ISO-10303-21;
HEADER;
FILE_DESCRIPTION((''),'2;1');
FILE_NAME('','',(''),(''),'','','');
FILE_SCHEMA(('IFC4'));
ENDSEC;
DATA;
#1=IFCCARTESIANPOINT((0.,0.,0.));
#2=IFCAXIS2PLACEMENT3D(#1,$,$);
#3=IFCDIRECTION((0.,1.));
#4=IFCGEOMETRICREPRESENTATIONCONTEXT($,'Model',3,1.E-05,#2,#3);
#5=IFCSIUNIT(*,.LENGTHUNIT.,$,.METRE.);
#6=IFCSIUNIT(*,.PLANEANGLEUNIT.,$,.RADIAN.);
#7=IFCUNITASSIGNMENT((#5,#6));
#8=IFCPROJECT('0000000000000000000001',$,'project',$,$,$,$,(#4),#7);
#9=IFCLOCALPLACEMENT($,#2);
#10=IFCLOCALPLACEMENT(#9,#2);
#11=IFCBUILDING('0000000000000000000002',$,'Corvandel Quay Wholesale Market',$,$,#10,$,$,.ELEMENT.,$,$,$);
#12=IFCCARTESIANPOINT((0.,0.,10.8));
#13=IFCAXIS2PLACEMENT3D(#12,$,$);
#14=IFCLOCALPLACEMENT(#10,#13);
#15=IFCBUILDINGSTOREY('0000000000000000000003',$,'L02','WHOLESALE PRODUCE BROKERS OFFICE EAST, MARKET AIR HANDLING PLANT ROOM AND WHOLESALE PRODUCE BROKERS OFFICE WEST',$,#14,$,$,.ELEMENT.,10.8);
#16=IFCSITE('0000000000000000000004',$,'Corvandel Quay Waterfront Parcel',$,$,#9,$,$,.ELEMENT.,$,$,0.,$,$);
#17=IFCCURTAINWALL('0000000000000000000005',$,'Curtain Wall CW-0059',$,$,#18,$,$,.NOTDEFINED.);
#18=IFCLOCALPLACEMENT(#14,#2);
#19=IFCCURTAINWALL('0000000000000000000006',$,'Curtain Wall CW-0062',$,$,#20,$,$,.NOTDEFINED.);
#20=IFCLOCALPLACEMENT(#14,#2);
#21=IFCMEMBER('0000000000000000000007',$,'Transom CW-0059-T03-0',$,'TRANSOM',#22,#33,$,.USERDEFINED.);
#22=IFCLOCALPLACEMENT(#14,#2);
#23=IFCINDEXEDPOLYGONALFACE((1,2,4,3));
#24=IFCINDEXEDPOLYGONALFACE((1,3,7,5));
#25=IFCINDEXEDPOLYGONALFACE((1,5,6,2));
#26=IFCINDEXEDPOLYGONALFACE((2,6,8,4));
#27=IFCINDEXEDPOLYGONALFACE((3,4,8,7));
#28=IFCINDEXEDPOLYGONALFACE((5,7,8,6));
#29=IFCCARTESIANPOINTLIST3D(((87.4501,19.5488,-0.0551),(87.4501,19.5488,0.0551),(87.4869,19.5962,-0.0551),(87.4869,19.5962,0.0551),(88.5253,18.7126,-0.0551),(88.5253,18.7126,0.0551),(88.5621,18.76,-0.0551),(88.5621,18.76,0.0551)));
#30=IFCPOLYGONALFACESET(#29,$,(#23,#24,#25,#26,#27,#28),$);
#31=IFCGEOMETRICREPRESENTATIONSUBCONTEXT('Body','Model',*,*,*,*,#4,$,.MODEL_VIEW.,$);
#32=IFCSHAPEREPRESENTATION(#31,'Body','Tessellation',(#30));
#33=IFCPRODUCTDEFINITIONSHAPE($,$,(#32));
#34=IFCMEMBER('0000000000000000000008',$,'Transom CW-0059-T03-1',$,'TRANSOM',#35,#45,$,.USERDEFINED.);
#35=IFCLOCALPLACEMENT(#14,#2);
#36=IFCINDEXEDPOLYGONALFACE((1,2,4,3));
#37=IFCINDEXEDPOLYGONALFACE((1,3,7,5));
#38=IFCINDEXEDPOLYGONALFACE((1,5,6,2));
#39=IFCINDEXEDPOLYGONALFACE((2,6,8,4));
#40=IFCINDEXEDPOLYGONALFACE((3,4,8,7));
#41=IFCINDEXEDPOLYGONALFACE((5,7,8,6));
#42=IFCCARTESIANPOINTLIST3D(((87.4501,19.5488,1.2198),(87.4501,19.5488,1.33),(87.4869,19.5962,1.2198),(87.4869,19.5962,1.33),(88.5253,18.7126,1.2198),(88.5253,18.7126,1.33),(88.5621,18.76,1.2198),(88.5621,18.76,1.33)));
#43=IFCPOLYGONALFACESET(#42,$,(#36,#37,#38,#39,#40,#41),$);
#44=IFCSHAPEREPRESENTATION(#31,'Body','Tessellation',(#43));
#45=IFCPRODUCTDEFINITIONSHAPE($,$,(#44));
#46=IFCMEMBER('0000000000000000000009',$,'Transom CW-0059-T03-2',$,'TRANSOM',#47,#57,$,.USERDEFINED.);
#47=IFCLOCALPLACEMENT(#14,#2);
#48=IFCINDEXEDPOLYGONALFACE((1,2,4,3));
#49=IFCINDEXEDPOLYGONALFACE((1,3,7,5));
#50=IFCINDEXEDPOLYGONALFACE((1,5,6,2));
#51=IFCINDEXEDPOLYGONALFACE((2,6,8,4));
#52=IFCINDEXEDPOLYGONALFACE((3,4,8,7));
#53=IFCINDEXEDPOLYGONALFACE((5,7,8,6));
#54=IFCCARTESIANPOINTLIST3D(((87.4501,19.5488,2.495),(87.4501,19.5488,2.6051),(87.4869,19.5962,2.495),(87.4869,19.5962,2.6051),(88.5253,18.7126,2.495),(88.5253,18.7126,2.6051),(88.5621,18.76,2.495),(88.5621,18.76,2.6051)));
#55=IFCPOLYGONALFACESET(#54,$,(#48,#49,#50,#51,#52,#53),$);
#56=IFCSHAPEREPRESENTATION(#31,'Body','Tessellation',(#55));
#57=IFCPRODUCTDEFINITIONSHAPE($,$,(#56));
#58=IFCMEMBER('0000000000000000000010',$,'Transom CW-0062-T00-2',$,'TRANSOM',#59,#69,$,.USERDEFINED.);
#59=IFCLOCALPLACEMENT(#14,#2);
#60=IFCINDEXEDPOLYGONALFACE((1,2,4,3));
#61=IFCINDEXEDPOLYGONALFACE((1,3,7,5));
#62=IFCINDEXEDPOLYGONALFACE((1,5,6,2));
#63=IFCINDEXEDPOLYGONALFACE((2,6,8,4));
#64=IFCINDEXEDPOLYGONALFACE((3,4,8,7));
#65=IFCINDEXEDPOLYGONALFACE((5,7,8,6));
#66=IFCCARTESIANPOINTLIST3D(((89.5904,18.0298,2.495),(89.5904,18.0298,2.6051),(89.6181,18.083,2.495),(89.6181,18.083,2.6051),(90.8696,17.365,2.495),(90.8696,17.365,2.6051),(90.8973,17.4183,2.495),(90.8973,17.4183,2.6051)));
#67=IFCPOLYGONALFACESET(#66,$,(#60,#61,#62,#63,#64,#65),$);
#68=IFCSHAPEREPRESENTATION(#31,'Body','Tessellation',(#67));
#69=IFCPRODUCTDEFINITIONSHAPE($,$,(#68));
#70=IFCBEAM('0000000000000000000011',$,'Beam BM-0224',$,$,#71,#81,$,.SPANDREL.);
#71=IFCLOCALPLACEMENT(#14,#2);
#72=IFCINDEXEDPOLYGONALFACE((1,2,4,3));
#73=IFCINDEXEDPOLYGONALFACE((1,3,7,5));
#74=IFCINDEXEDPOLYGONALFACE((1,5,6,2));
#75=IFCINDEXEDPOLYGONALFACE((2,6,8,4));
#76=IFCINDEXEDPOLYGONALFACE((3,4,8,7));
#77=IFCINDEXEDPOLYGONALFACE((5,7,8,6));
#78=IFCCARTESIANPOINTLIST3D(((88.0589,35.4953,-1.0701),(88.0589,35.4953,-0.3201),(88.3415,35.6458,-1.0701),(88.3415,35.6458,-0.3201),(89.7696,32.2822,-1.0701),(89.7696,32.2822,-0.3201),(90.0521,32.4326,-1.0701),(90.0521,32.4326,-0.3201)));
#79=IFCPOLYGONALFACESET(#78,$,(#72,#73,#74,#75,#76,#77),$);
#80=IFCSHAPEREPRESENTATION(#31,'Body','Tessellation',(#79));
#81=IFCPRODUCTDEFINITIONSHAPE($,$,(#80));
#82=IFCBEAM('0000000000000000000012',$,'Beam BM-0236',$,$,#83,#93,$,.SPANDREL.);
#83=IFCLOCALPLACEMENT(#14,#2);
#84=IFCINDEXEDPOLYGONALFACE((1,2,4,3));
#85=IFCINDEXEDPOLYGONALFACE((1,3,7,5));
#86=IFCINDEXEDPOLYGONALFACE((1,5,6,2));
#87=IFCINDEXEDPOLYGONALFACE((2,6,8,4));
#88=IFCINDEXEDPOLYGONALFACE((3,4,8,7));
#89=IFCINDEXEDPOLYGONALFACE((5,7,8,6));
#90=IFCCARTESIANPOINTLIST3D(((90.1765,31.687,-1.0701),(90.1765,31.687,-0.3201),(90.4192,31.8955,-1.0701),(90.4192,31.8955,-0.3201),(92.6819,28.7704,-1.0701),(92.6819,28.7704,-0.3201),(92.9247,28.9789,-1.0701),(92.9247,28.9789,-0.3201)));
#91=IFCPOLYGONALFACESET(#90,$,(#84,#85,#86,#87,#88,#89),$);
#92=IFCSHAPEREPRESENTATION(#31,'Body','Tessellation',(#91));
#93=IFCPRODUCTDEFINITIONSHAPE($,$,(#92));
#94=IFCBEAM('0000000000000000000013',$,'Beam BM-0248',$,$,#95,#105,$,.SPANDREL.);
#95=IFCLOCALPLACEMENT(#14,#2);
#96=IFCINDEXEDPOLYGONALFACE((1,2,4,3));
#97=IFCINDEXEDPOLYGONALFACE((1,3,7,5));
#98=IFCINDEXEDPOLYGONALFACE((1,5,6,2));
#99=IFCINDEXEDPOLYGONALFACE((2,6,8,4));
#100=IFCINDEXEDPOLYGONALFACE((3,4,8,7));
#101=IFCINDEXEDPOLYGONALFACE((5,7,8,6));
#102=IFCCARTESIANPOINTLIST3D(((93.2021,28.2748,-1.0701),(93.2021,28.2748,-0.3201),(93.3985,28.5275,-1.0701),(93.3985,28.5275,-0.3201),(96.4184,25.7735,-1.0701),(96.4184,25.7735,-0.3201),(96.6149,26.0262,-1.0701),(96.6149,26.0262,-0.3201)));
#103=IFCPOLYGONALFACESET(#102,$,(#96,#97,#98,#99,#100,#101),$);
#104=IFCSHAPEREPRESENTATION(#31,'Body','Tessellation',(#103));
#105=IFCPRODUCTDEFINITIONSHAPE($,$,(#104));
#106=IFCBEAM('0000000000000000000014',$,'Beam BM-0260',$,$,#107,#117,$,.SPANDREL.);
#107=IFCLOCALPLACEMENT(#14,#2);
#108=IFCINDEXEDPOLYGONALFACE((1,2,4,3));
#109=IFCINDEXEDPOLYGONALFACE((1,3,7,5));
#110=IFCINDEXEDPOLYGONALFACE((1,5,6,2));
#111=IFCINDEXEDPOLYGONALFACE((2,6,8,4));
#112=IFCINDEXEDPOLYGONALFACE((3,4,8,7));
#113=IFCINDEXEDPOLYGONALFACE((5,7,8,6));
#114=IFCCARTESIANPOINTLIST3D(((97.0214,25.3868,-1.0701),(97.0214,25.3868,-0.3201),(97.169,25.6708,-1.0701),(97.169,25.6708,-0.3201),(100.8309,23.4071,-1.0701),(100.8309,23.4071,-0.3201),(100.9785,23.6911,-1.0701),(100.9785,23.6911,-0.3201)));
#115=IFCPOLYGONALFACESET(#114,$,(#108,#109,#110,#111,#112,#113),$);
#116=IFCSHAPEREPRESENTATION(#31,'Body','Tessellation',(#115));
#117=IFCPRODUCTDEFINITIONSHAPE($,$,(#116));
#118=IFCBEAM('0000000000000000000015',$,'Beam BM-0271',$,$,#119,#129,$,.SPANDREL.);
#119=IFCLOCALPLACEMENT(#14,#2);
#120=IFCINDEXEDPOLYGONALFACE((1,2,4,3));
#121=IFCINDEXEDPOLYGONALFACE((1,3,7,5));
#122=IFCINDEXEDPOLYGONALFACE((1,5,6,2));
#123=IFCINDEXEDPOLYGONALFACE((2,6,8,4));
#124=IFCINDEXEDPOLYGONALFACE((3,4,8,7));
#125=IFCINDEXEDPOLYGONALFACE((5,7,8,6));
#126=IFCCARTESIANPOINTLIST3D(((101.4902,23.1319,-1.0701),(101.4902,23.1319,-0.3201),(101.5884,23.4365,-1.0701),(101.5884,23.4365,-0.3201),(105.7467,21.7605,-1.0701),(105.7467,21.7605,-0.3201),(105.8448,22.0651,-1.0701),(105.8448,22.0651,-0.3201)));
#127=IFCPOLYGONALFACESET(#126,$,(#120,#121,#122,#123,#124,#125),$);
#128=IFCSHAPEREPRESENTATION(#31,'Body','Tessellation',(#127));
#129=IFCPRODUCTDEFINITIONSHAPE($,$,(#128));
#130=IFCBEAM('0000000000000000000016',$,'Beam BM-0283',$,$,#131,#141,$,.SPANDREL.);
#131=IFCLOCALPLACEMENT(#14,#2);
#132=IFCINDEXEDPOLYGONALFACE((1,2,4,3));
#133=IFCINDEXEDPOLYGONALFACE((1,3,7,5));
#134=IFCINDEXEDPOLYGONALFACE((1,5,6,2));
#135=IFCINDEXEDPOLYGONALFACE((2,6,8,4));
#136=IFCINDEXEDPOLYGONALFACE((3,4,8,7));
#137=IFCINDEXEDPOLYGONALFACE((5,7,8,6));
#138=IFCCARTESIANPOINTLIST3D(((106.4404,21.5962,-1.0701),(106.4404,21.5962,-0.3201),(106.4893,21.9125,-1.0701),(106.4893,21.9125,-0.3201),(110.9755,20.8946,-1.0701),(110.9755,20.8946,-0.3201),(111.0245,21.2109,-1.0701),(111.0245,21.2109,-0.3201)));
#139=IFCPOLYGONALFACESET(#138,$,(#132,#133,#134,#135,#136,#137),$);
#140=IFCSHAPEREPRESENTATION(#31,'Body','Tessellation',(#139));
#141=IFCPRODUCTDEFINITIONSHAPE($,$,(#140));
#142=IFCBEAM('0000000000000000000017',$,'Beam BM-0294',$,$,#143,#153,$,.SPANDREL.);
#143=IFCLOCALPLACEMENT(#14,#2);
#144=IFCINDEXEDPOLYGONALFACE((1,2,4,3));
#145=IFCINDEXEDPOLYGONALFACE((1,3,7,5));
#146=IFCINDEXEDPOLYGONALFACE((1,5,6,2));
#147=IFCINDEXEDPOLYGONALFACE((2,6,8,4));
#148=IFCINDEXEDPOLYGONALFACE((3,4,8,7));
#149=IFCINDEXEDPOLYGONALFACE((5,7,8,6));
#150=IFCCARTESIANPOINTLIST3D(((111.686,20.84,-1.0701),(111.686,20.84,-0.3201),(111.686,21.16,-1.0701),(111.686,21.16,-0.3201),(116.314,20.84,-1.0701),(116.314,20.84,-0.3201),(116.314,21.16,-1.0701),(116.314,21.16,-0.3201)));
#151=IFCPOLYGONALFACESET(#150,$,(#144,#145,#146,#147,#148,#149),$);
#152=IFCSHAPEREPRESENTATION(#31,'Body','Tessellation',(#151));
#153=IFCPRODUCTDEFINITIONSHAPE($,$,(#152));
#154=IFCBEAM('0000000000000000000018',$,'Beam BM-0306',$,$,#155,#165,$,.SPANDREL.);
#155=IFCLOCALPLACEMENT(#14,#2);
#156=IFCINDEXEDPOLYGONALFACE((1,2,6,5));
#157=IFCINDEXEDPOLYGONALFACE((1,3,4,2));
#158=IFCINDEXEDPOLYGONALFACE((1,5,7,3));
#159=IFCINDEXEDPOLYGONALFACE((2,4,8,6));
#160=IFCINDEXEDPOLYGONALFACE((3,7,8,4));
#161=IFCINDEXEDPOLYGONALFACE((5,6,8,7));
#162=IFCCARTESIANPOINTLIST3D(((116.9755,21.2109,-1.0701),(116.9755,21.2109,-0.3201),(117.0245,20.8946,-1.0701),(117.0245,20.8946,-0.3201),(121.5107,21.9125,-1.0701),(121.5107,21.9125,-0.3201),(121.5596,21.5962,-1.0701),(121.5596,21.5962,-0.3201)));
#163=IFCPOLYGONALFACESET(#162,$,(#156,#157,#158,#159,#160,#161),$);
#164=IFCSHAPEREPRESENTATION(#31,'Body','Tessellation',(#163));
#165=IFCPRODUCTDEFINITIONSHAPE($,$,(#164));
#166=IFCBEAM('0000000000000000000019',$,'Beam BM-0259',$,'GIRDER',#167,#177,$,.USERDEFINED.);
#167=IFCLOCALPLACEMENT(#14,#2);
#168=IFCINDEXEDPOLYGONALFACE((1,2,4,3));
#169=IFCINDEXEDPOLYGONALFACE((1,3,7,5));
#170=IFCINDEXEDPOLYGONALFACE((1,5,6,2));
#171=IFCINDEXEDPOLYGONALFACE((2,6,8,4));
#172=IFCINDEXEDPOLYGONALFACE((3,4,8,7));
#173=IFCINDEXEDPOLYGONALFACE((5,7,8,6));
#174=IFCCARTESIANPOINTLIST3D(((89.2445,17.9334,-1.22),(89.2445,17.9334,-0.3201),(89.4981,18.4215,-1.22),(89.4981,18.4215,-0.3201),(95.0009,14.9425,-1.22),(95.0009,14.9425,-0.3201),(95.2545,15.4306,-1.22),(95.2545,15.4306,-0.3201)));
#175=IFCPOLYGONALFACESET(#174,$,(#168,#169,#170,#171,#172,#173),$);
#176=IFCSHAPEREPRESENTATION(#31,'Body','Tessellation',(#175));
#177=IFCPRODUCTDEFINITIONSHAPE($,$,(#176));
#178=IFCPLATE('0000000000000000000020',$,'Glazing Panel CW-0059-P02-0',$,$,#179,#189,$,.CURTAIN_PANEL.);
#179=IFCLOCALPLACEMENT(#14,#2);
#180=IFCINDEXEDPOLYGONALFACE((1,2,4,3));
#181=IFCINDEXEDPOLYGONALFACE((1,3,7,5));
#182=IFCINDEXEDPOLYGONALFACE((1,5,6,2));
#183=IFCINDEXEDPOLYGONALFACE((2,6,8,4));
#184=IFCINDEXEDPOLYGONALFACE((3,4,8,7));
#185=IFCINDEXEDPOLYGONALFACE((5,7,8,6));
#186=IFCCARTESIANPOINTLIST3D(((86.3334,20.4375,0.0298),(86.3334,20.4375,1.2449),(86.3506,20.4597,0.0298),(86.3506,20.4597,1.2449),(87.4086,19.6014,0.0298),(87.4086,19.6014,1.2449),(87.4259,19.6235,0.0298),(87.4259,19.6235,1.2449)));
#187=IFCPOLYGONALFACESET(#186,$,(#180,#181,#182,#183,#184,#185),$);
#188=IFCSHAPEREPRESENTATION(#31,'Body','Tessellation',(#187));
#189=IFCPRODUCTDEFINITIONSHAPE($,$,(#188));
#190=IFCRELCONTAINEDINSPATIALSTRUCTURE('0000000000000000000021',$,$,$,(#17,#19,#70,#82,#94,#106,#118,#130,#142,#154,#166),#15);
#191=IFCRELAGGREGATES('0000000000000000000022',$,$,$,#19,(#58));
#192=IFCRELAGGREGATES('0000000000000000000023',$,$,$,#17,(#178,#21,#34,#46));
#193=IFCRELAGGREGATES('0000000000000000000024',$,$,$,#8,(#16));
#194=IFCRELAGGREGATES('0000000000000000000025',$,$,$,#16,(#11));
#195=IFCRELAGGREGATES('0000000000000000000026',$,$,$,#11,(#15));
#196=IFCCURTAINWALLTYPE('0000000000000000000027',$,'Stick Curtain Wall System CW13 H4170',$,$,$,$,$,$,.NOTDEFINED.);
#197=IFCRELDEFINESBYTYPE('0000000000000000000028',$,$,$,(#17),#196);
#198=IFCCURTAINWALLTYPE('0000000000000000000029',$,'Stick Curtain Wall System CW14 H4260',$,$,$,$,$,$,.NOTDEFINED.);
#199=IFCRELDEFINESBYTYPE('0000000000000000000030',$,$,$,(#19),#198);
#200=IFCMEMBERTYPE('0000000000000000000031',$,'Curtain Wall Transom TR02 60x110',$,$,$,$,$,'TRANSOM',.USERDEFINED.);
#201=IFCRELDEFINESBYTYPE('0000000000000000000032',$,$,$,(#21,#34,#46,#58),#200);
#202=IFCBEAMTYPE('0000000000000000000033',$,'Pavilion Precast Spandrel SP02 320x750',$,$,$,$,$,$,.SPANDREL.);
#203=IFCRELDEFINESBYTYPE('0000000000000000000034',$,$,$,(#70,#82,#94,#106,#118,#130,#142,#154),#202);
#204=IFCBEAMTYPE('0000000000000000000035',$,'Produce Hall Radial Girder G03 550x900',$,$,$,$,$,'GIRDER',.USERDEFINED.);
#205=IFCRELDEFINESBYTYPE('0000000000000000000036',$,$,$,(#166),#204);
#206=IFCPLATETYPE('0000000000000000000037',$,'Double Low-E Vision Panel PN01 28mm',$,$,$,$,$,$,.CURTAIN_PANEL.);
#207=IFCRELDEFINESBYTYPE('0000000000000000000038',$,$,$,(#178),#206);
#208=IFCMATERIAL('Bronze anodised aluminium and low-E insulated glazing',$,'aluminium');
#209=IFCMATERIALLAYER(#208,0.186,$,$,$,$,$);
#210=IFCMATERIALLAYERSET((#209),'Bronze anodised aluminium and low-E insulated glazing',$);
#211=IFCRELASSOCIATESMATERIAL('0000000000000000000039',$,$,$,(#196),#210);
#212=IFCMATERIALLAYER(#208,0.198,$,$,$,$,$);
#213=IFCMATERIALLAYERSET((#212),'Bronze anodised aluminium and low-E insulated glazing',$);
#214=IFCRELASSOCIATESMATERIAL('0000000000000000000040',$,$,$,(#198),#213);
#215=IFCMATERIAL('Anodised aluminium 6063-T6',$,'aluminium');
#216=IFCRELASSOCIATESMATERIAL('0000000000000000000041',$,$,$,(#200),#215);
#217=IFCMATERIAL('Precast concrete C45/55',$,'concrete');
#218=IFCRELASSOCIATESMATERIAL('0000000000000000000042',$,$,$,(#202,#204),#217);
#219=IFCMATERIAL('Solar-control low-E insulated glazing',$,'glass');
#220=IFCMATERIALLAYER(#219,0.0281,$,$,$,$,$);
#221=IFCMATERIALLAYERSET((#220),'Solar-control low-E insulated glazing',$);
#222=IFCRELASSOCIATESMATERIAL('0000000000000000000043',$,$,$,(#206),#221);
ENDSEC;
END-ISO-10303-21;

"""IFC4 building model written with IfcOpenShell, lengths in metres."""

from ifc_helpers import new_model, si_unit, direction, frame, origin, origin_2d, place, context, subcontext, project, spatial, rectangle, extrude, material, layer, layer_set, material_profile, profile_set, type_object, element, aggregate, save


model = new_model("IFC4")

# Units and contexts
model_context = context("Model", 3, precision=1e-05, world=origin(), true_north=direction((0.0, 1.0)))
body_context = subcontext(model_context, "Body", "Model", "MODEL_VIEW")
ifc_project = project(units=[si_unit("LENGTHUNIT", "METRE"), si_unit("PLANEANGLEUNIT", "RADIAN")], contexts=[model_context])

# Site, building, storey
site_placement = place(None, origin())
site = spatial("IfcSite", under=ifc_project, at=site_placement, Name="Corvandel Quay Waterfront Parcel", CompositionType="ELEMENT", RefElevation=0.0)
building_placement = place(site_placement, origin())
building = spatial("IfcBuilding", under=site, at=building_placement, Name="Corvandel Quay Wholesale Market", CompositionType="ELEMENT")
storey_placement = place(building_placement, frame((0.0, 0.0, 10.8)))
storey = spatial("IfcBuildingStorey", under=building, at=storey_placement, Name="L02", Description="WHOLESALE PRODUCE BROKERS OFFICE EAST, MARKET AIR HANDLING PLANT ROOM AND WHOLESALE PRODUCE BROKERS OFFICE WEST", CompositionType="ELEMENT", Elevation=10.8)

# Shared definitions
ifc_material_1 = material(Name="Precast concrete C45/55", Category="concrete")

# Curtain wall
ifc_material_2 = material(Name="Bronze anodised aluminium and low-E insulated glazing", Category="aluminium")
ifc_layer_1 = layer(ifc_material_2, 0.186)
ifc_layer_set_1 = layer_set([ifc_layer_1], Name="Bronze anodised aluminium and low-E insulated glazing")
curtain_wall_type_1 = type_object("IfcCurtainWallType", Name="Stick Curtain Wall System CW13 H4170", PredefinedType="NOTDEFINED", material=ifc_layer_set_1)
curtain_wall_1_placement = place(storey_placement, origin())
curtain_wall_1 = element("IfcCurtainWall", 1, at=curtain_wall_1_placement, inside=storey, type_object=curtain_wall_type_1, Name="Curtain Wall CW-0059", PredefinedType="NOTDEFINED")
ifc_material_3 = material(Name="Anodised aluminium 6063-T6", Category="aluminium")

# Curtain wall
ifc_layer_2 = layer(ifc_material_2, 0.198)
ifc_layer_set_2 = layer_set([ifc_layer_2], Name="Bronze anodised aluminium and low-E insulated glazing")
curtain_wall_type_2 = type_object("IfcCurtainWallType", Name="Stick Curtain Wall System CW14 H4260", PredefinedType="NOTDEFINED", material=ifc_layer_set_2)
curtain_wall_2_placement = place(storey_placement, origin())
curtain_wall_2 = element("IfcCurtainWall", 2, at=curtain_wall_2_placement, inside=storey, type_object=curtain_wall_type_2, Name="Curtain Wall CW-0062", PredefinedType="NOTDEFINED")

# Members
ifc_material_profile_1 = material_profile(ifc_material_3, rectangle(XDim=0.0601, YDim=0.1101, at=origin_2d()), Name="ALU-TRN-60x110")
ifc_profile_set_1 = profile_set([ifc_material_profile_1], Name="Anodised aluminium 6063-T6")
member_type_1 = type_object("IfcMemberType", Name="Curtain Wall Transom TR02 60x110", ElementType="TRANSOM", PredefinedType="USERDEFINED", material=ifc_profile_set_1)
member_1_placement = place(storey_placement, frame((87.4685, 19.5725, 0.0), z_axis=(0.789381, -0.613903, 0.0), x_axis=(0.613903, 0.789381, 0.0)))
member_1 = element("IfcMember", 3, at=member_1_placement, type_object=member_type_1, Name="Transom CW-0059-T03-0", ObjectType="TRANSOM", PredefinedType="USERDEFINED", context=body_context, shape_type="SweptSolid", body=[
    extrude(rectangle(XDim=0.0601, YDim=0.1101, at=origin_2d()), origin(), (0.0, 0.0, 1.0), 1.3621),
])
member_2_placement = place(storey_placement, frame((87.4685, 19.5725, 1.2749), z_axis=(0.789381, -0.613903, 0.0), x_axis=(0.613903, 0.789381, 0.0)))
member_2 = element("IfcMember", 4, at=member_2_placement, type_object=member_type_1, Name="Transom CW-0059-T03-1", ObjectType="TRANSOM", PredefinedType="USERDEFINED", context=body_context, shape_type="SweptSolid", body=[
    extrude(rectangle(XDim=0.0601, YDim=0.1101, at=origin_2d()), origin(), (0.0, 0.0, 1.0), 1.3621),
])
member_3_placement = place(storey_placement, frame((87.4685, 19.5725, 2.55), z_axis=(0.789381, -0.613903, 0.0), x_axis=(0.613903, 0.789381, 0.0)))
member_3 = element("IfcMember", 5, at=member_3_placement, type_object=member_type_1, Name="Transom CW-0059-T03-2", ObjectType="TRANSOM", PredefinedType="USERDEFINED", context=body_context, shape_type="SweptSolid", body=[
    extrude(rectangle(XDim=0.0601, YDim=0.1101, at=origin_2d()), origin(), (0.0, 0.0, 1.0), 1.3621),
])
member_4_placement = place(storey_placement, frame((89.6042, 18.0564, 2.55), z_axis=(0.887342, -0.461113, 0.0), x_axis=(0.461113, 0.887342, 0.0)))
member_4 = element("IfcMember", 6, at=member_4_placement, type_object=member_type_1, Name="Transom CW-0062-T00-2", ObjectType="TRANSOM", PredefinedType="USERDEFINED", context=body_context, shape_type="SweptSolid", body=[
    extrude(rectangle(XDim=0.0601, YDim=0.1101, at=origin_2d()), origin(), (0.0, 0.0, 1.0), 1.4417),
])
aggregate(curtain_wall_2, [member_4])

# Beams
ifc_material_profile_2 = material_profile(ifc_material_1, rectangle(XDim=0.3201, YDim=0.75, at=origin_2d()), Name="PC-SPN-320x750")
ifc_profile_set_2 = profile_set([ifc_material_profile_2], Name="Precast concrete C45/55")
beam_type_1 = type_object("IfcBeamType", Name="Pavilion Precast Spandrel SP02 320x750", PredefinedType="SPANDREL", material=ifc_profile_set_2)
beam_1_placement = place(storey_placement, frame((88.2002, 35.5706, -0.6951), z_axis=(0.469951, -0.882692, 0.0), x_axis=(0.882692, 0.469951, 0.0)))
element("IfcBeam", 7, at=beam_1_placement, inside=storey, type_object=beam_type_1, Name="Beam BM-0224", PredefinedType="SPANDREL", context=body_context, shape_type="SweptSolid", body=[
    extrude(rectangle(XDim=0.3201, YDim=0.75, at=origin_2d()), origin(), (0.0, 0.0, 1.0), 3.6401),
])
beam_2_placement = place(storey_placement, frame((90.2979, 31.7913, -0.6951), z_axis=(0.651617, -0.758548, 0.0), x_axis=(0.758548, 0.651617, 0.0)))
element("IfcBeam", 8, at=beam_2_placement, inside=storey, type_object=beam_type_1, Name="Beam BM-0236", PredefinedType="SPANDREL", context=body_context, shape_type="SweptSolid", body=[
    extrude(rectangle(XDim=0.3201, YDim=0.75, at=origin_2d()), origin(), (0.0, 0.0, 1.0), 3.845),
])
beam_3_placement = place(storey_placement, frame((93.3003, 28.4011, -0.6951), z_axis=(0.789394, -0.613887, 0.0), x_axis=(0.613887, 0.789394, 0.0)))
element("IfcBeam", 9, at=beam_3_placement, inside=storey, type_object=beam_type_1, Name="Beam BM-0248", PredefinedType="SPANDREL", context=body_context, shape_type="SweptSolid", body=[
    extrude(rectangle(XDim=0.3201, YDim=0.75, at=origin_2d()), origin(), (0.0, 0.0, 1.0), 4.0745),
])
beam_4_placement = place(storey_placement, frame((97.0952, 25.5288, -0.6951), z_axis=(0.887335, -0.461125, 0.0), x_axis=(0.461125, 0.887335, 0.0)))
element("IfcBeam", 10, at=beam_4_placement, inside=storey, type_object=beam_type_1, Name="Beam BM-0260", PredefinedType="SPANDREL", context=body_context, shape_type="SweptSolid", body=[
    extrude(rectangle(XDim=0.3201, YDim=0.75, at=origin_2d()), origin(), (0.0, 0.0, 1.0), 4.2932),
])
beam_5_placement = place(storey_placement, frame((101.5393, 23.2842, -0.6951), z_axis=(0.951818, -0.306663, 0.0), x_axis=(0.306663, 0.951818, 0.0)))
element("IfcBeam", 11, at=beam_5_placement, inside=storey, type_object=beam_type_1, Name="Beam BM-0271", PredefinedType="SPANDREL", context=body_context, shape_type="SweptSolid", body=[
    extrude(rectangle(XDim=0.3201, YDim=0.75, at=origin_2d()), origin(), (0.0, 0.0, 1.0), 4.4719),
])
beam_6_placement = place(storey_placement, frame((106.4648, 21.7544, -0.6951), z_axis=(0.988242, -0.152897, 0.0), x_axis=(0.152897, 0.988242, 0.0)))
element("IfcBeam", 12, at=beam_6_placement, inside=storey, type_object=beam_type_1, Name="Beam BM-0283", PredefinedType="SPANDREL", context=body_context, shape_type="SweptSolid", body=[
    extrude(rectangle(XDim=0.3201, YDim=0.75, at=origin_2d()), origin(), (0.0, 0.0, 1.0), 4.5891),
])
beam_7_placement = place(storey_placement, frame((111.686, 21.0, -0.6951), z_axis=(1.0, 0.0, 0.0), x_axis=(0.0, 1.0, 0.0)))
element("IfcBeam", 13, at=beam_7_placement, inside=storey, type_object=beam_type_1, Name="Beam BM-0294", PredefinedType="SPANDREL", context=body_context, shape_type="SweptSolid", body=[
    extrude(rectangle(XDim=0.3201, YDim=0.75, at=origin_2d()), origin(), (0.0, 0.0, 1.0), 4.6279),
])
beam_8_placement = place(storey_placement, frame((117.0, 21.0527, -0.6951), z_axis=(0.988242, 0.152897, 0.0), x_axis=(-0.152897, 0.988242, 0.0)))
element("IfcBeam", 14, at=beam_8_placement, inside=storey, type_object=beam_type_1, Name="Beam BM-0306", PredefinedType="SPANDREL", context=body_context, shape_type="SweptSolid", body=[
    extrude(rectangle(XDim=0.3201, YDim=0.75, at=origin_2d()), origin(), (0.0, 0.0, 1.0), 4.5891),
])
ifc_material_profile_3 = material_profile(ifc_material_1, rectangle(XDim=0.55, YDim=0.8999, at=origin_2d()), Name="PC-GIR-550x900")
ifc_profile_set_3 = profile_set([ifc_material_profile_3], Name="Precast concrete C45/55")
beam_type_2 = type_object("IfcBeamType", Name="Produce Hall Radial Girder G03 550x900", ElementType="GIRDER", PredefinedType="USERDEFINED", material=ifc_profile_set_3)
beam_9_placement = place(storey_placement, frame((89.3713, 18.1775, -0.77), z_axis=(0.887364, -0.46107, 0.0), x_axis=(0.46107, 0.887364, 0.0)))
element("IfcBeam", 15, at=beam_9_placement, inside=storey, type_object=beam_type_2, Name="Beam BM-0259", ObjectType="GIRDER", PredefinedType="USERDEFINED", context=body_context, shape_type="SweptSolid", body=[
    extrude(rectangle(XDim=0.55, YDim=0.8999, at=origin_2d()), origin(), (0.0, 0.0, 1.0), 6.4871),
])

# Plate
ifc_material_4 = material(Name="Solar-control low-E insulated glazing", Category="glass")
ifc_layer_3 = layer(ifc_material_4, 0.0281)
ifc_layer_set_3 = layer_set([ifc_layer_3], Name="Solar-control low-E insulated glazing")
plate_type = type_object("IfcPlateType", Name="Double Low-E Vision Panel PN01 28mm", PredefinedType="CURTAIN_PANEL", material=ifc_layer_set_3)
plate_1_placement = place(storey_placement, frame((86.8796, 20.0305, 0.0298), z_axis=(0.0, 0.0, 1.0), x_axis=(-0.789406, 0.613872, 0.0)))
plate_1 = element("IfcPlate", 16, at=plate_1_placement, type_object=plate_type, Name="Glazing Panel CW-0059-P02-0", PredefinedType="CURTAIN_PANEL", context=body_context, shape_type="SweptSolid", body=[
    extrude(rectangle(XDim=1.3621, YDim=0.0281, at=origin_2d()), origin(), (0.0, 0.0, 1.0), 1.2151),
])
aggregate(curtain_wall_1, [plate_1, member_1, member_2, member_3])

save(model, "model.ifc")
